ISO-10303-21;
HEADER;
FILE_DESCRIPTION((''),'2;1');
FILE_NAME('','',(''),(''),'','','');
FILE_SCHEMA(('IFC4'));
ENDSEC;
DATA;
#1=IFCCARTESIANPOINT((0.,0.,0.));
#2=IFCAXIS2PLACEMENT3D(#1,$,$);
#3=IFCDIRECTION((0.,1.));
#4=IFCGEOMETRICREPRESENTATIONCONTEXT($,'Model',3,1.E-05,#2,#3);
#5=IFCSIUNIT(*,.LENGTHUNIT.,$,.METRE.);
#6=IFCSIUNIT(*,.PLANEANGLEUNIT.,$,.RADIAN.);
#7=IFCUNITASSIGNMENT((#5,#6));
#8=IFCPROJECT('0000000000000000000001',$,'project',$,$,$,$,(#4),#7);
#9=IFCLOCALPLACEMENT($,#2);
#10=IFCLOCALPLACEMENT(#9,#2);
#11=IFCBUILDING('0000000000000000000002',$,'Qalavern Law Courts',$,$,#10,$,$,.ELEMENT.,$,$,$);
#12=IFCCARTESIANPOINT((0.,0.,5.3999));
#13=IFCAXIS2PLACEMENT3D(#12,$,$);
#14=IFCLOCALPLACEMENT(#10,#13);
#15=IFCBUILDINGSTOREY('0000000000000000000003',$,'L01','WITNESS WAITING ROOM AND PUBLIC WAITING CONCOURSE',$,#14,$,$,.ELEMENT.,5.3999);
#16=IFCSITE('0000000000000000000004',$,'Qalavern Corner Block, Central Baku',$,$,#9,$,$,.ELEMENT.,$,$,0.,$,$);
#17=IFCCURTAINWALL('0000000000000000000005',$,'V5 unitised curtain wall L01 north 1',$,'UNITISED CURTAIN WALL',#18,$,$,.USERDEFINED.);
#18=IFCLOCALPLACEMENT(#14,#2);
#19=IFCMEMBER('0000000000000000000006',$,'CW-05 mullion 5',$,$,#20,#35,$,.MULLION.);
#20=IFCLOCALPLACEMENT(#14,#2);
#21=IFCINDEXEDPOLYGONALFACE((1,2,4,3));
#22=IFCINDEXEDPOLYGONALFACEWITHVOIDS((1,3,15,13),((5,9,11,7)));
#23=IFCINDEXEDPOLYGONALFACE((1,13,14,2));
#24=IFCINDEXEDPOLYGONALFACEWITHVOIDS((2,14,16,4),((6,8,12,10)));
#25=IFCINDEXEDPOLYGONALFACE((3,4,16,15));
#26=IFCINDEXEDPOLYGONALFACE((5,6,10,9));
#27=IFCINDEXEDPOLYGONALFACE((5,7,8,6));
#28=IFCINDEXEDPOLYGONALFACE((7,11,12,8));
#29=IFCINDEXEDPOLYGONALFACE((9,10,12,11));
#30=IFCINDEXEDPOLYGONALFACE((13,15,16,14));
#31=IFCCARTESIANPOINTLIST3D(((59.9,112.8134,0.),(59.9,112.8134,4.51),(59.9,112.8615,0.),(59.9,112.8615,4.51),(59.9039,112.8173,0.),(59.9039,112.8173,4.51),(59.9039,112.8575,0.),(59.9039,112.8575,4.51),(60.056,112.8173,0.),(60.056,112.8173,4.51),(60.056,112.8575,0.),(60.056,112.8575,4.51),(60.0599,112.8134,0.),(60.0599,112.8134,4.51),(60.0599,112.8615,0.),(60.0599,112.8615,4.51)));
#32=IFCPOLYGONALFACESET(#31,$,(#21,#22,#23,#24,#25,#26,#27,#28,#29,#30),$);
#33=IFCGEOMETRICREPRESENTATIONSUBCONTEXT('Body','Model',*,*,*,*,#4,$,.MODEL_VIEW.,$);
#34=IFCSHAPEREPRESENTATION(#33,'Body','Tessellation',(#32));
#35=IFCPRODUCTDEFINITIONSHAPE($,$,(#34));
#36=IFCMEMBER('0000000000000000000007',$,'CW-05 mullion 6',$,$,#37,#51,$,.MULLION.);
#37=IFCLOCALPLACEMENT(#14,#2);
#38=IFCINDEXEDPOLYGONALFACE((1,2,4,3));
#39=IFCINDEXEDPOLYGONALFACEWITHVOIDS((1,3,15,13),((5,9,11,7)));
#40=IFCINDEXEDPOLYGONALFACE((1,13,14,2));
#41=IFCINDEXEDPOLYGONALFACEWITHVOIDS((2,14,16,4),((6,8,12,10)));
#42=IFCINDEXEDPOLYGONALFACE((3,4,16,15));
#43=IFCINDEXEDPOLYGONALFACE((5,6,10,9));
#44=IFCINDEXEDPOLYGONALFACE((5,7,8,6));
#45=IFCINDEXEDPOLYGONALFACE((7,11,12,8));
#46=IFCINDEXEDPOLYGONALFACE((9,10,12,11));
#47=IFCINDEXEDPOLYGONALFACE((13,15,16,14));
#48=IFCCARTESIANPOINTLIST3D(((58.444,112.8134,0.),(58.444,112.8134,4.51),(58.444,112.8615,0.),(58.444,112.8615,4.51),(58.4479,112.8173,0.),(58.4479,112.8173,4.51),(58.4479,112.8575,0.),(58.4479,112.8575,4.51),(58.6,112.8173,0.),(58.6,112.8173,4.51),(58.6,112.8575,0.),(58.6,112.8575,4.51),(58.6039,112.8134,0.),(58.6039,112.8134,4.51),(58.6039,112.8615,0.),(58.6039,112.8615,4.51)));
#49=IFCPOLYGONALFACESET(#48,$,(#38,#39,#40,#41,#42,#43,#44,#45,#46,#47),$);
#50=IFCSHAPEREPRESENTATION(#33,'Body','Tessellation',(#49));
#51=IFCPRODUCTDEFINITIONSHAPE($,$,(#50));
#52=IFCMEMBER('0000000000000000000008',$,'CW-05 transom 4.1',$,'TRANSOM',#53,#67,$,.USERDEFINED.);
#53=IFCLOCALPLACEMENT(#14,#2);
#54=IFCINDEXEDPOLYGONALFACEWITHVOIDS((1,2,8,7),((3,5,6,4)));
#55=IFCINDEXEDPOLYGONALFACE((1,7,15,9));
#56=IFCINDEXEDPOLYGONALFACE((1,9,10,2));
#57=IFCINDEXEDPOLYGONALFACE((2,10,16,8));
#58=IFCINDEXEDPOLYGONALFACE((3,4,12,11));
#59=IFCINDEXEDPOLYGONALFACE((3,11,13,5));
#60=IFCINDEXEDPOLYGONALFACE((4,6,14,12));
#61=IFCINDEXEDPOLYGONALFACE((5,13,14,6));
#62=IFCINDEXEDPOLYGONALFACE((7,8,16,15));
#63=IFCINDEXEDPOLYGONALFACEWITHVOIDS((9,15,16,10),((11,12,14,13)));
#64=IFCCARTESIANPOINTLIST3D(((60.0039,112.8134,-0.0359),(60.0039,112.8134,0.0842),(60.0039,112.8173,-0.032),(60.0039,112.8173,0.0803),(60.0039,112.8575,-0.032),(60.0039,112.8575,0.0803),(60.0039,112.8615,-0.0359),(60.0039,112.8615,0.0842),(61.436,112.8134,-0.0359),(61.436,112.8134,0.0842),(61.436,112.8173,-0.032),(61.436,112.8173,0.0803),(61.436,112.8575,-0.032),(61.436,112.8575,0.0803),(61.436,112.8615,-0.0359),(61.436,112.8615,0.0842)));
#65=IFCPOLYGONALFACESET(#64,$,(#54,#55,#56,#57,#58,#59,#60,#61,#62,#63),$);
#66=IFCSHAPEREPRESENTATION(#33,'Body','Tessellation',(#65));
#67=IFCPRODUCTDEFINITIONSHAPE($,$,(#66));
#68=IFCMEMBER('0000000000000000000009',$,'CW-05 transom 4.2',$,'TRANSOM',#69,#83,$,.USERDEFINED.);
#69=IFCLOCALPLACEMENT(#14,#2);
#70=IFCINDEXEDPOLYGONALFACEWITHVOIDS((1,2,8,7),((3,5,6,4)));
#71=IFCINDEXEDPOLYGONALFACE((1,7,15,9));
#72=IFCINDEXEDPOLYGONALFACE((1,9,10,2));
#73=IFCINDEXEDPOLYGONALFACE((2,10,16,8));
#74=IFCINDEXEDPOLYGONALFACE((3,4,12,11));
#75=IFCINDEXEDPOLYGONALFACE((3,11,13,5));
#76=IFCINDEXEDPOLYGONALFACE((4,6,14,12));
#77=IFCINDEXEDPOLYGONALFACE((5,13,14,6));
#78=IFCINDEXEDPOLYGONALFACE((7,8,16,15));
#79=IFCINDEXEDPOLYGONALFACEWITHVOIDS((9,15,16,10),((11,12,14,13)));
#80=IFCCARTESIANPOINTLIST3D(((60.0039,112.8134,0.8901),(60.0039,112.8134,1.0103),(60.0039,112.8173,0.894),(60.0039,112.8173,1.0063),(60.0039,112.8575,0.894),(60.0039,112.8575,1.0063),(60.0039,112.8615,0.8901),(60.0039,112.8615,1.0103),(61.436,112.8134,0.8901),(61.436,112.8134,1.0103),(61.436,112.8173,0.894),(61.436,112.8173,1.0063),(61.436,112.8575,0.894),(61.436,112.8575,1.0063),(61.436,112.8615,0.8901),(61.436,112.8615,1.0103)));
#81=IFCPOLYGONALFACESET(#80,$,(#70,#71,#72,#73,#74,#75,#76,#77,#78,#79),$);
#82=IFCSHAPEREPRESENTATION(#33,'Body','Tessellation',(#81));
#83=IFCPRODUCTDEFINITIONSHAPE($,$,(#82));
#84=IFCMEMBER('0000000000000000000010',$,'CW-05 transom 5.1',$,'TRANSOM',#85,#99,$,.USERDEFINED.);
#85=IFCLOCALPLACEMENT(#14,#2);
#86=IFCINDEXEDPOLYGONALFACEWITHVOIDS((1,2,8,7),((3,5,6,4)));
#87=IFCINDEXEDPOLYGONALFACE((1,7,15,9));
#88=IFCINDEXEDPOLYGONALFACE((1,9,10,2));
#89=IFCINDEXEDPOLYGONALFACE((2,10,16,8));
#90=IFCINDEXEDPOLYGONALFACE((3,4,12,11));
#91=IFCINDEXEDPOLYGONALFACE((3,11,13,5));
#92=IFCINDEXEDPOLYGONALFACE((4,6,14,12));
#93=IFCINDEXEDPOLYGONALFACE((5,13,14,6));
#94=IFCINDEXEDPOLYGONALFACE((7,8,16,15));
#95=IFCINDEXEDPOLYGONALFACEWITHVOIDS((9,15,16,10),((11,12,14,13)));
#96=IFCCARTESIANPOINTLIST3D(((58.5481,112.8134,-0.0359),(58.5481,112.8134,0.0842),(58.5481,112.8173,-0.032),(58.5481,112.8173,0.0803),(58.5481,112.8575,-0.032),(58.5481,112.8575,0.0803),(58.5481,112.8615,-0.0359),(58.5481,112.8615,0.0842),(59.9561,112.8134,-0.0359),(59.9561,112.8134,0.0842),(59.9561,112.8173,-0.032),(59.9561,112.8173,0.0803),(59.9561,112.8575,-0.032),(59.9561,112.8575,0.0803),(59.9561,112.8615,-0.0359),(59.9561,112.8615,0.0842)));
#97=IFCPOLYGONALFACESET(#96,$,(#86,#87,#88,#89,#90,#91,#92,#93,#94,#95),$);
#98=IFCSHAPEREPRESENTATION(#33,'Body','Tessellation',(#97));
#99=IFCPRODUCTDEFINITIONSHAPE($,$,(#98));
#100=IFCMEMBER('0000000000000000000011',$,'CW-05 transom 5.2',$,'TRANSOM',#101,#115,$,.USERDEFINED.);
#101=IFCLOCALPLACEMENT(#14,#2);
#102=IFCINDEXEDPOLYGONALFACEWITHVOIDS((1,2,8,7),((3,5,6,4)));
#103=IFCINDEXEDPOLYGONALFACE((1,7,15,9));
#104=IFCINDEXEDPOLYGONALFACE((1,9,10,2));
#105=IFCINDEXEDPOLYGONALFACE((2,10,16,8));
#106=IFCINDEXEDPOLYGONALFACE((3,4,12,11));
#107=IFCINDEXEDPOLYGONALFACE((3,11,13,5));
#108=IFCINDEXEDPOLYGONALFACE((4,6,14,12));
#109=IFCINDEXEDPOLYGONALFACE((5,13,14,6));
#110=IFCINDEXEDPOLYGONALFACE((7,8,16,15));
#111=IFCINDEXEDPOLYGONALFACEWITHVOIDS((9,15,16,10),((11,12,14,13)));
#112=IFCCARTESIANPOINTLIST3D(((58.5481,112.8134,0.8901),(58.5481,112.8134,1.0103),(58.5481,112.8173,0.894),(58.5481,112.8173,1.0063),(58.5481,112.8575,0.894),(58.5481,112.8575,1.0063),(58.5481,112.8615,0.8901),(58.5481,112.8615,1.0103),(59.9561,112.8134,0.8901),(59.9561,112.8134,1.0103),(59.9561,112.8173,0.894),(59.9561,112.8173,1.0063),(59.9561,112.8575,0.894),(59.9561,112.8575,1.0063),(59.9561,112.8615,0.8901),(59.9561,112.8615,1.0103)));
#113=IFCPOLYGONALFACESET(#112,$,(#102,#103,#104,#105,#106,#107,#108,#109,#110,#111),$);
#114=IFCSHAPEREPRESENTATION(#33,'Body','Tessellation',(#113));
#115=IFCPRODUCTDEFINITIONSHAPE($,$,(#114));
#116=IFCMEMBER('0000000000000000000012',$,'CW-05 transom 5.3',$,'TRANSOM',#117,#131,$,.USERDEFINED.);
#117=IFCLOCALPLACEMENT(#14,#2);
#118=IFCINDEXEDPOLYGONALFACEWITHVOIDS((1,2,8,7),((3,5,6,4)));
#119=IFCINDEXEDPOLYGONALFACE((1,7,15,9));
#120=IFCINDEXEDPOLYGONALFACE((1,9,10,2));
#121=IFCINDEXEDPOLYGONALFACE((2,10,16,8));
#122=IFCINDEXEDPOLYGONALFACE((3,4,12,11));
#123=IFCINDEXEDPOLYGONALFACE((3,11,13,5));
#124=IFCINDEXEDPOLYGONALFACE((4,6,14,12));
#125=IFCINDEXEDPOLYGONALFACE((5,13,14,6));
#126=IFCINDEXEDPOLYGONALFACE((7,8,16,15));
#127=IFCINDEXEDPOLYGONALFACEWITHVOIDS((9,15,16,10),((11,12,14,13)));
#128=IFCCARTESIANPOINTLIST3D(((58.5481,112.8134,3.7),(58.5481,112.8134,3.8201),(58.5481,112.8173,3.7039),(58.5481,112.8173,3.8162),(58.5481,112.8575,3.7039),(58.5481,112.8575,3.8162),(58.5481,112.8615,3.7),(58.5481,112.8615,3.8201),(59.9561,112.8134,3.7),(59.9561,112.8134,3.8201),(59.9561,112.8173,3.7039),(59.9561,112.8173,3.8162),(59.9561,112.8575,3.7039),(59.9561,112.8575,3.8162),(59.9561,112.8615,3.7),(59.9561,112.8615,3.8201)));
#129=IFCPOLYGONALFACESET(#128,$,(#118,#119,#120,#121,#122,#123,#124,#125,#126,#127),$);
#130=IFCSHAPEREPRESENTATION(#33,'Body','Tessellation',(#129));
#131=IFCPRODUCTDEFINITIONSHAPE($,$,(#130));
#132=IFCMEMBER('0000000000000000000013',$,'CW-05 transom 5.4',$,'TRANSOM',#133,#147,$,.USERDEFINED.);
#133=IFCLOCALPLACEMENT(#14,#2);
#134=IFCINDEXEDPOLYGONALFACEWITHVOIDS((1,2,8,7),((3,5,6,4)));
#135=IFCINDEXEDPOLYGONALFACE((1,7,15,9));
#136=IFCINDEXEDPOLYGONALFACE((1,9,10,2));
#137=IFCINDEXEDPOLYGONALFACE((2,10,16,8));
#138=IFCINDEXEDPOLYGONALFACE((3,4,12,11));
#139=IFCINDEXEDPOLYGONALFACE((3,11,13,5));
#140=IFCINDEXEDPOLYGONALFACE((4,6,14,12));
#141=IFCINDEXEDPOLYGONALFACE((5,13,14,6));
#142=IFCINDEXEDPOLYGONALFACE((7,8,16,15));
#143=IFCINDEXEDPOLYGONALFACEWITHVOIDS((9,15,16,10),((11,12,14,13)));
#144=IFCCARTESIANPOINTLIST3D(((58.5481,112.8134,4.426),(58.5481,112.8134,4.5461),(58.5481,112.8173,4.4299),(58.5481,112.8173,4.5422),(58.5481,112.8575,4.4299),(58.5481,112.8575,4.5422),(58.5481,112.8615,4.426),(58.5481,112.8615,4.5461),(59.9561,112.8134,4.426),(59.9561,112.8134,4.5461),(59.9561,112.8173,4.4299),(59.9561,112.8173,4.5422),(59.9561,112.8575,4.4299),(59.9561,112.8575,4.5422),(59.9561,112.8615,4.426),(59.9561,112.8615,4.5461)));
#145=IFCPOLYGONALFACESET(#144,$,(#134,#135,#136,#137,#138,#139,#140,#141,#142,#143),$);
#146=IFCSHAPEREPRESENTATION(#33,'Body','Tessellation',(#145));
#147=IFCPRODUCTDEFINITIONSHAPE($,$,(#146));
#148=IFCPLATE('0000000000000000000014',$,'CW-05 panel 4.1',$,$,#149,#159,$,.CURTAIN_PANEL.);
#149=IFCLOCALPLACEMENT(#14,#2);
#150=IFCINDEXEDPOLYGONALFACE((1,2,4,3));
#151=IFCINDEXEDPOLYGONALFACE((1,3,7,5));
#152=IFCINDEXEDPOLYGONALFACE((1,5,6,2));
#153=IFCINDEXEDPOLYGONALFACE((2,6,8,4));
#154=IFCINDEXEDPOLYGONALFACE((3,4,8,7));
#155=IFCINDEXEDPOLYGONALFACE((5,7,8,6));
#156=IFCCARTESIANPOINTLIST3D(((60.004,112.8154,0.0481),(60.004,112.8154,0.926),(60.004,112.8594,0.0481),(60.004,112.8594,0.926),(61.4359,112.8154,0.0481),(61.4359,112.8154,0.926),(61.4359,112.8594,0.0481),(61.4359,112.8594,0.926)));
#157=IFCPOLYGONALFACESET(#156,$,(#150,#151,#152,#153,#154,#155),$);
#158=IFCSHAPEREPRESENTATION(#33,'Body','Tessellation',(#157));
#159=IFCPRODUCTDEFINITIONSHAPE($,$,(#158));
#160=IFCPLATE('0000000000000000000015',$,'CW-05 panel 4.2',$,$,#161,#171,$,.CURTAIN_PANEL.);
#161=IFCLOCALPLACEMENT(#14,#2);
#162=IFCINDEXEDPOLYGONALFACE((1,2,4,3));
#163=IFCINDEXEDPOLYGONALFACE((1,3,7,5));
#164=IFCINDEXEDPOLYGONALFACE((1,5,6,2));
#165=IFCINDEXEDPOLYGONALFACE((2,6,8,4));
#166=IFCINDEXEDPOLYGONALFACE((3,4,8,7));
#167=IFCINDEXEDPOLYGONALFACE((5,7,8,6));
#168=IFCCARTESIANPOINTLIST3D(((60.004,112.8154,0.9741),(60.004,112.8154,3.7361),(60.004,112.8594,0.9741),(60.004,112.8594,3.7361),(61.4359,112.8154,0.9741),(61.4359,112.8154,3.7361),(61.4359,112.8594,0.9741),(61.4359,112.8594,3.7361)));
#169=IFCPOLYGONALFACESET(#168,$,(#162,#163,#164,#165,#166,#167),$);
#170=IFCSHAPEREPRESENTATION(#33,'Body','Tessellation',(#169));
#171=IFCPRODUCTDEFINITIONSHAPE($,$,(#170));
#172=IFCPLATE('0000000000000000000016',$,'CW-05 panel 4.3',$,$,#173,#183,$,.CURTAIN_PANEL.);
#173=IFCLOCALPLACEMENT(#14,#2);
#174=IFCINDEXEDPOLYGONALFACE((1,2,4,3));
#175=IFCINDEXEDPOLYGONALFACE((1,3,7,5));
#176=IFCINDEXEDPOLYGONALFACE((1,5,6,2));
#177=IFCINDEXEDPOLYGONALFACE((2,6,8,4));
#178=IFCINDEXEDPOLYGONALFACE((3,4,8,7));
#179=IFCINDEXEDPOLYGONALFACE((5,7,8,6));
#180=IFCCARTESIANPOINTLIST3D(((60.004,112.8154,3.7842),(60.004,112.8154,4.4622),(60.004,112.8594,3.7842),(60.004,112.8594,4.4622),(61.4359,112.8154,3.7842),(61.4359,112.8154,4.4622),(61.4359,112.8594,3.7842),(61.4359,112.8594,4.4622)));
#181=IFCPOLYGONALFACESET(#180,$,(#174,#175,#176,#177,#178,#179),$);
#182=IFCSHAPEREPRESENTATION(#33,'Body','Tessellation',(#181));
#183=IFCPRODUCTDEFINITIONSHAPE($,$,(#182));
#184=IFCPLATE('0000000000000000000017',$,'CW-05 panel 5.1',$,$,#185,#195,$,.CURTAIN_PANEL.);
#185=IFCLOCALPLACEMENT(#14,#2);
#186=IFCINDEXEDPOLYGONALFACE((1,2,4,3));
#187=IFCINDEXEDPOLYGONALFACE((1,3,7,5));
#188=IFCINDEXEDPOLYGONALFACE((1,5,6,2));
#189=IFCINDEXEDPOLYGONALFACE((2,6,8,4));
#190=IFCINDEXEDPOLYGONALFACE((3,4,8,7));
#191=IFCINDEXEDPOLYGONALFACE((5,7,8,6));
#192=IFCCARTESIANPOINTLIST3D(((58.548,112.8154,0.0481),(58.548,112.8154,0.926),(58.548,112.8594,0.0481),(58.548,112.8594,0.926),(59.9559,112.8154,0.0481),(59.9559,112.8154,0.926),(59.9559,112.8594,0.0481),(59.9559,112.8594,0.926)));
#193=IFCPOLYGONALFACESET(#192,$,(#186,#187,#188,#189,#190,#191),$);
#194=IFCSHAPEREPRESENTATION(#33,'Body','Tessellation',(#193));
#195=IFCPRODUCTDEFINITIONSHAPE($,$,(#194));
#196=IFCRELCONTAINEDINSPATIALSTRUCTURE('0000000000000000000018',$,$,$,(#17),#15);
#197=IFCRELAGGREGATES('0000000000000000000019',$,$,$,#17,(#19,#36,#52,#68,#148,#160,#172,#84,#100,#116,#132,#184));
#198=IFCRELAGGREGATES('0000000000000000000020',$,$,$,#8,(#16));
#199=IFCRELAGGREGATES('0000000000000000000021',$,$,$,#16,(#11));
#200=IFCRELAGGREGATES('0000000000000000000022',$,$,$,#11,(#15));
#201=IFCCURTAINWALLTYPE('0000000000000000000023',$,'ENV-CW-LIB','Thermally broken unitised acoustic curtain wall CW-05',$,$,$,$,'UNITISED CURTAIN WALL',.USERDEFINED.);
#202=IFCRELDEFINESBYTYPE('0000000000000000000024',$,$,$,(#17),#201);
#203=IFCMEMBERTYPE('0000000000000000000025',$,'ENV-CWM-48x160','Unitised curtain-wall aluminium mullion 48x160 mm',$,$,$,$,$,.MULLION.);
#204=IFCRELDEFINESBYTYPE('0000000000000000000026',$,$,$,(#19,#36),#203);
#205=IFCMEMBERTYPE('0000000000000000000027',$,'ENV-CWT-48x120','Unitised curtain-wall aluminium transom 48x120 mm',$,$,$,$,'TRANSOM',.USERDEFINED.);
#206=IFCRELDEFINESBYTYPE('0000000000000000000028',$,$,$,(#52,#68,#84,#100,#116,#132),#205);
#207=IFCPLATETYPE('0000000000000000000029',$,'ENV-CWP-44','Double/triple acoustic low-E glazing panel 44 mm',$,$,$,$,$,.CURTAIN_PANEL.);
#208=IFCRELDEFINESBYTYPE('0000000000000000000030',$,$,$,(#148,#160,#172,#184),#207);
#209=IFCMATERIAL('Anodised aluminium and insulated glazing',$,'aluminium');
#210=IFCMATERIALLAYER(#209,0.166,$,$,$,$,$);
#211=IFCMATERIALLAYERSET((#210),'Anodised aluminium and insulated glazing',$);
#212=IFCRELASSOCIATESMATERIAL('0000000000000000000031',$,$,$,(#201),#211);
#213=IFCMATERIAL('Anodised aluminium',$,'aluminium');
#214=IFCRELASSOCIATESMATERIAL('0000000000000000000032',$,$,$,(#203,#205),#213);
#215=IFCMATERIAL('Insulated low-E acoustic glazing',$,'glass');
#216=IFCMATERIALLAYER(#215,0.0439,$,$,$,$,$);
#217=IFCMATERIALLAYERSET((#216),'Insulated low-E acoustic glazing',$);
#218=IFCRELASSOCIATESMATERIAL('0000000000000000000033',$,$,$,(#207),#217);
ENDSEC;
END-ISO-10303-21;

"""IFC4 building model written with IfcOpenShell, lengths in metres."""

from ifc_helpers import new_model, si_unit, direction, frame, origin, origin_2d, place, context, subcontext, project, spatial, rectangle, hollow_rectangle, extrude, material, layer, layer_set, material_profile, profile_set, type_object, element, aggregate, save


model = new_model("IFC4")

# Units and contexts
model_context = context("Model", 3, precision=1e-05, world=origin(), true_north=direction((0.0, 1.0)))
body_context = subcontext(model_context, "Body", "Model", "MODEL_VIEW")
ifc_project = project(units=[si_unit("LENGTHUNIT", "METRE"), si_unit("PLANEANGLEUNIT", "RADIAN")], contexts=[model_context])

# Site, building, storey
site_placement = place(None, origin())
site = spatial("IfcSite", under=ifc_project, at=site_placement, Name="Qalavern Corner Block, Central Baku", CompositionType="ELEMENT", RefElevation=0.0)
building_placement = place(site_placement, origin())
building = spatial("IfcBuilding", under=site, at=building_placement, Name="Qalavern Law Courts", CompositionType="ELEMENT")
storey_placement = place(building_placement, frame((0.0, 0.0, 5.3999)))
storey = spatial("IfcBuildingStorey", under=building, at=storey_placement, Name="L01", Description="WITNESS WAITING ROOM AND PUBLIC WAITING CONCOURSE", CompositionType="ELEMENT", Elevation=5.3999)

# Curtain wall, members, plates
ifc_material_1 = material(Name="Anodised aluminium and insulated glazing", Category="aluminium")
ifc_layer_1 = layer(ifc_material_1, 0.166)
ifc_layer_set_1 = layer_set([ifc_layer_1], Name="Anodised aluminium and insulated glazing")
curtain_wall_type = type_object("IfcCurtainWallType", Name="ENV-CW-LIB", Description="Thermally broken unitised acoustic curtain wall CW-05", ElementType="UNITISED CURTAIN WALL", PredefinedType="USERDEFINED", material=ifc_layer_set_1)
curtain_wall_placement = place(storey_placement, origin())
curtain_wall = element("IfcCurtainWall", 1, at=curtain_wall_placement, inside=storey, type_object=curtain_wall_type, Name="V5 unitised curtain wall L01 north 1", ObjectType="UNITISED CURTAIN WALL", PredefinedType="USERDEFINED")
ifc_material_2 = material(Name="Anodised aluminium", Category="aluminium")
ifc_material_profile_1 = material_profile(ifc_material_2, hollow_rectangle(XDim=0.0481, YDim=0.1599, WallThickness=0.0039, at=origin_2d()), Name="ALU MULLION 48x160")
ifc_profile_set_1 = profile_set([ifc_material_profile_1], Name="Anodised aluminium")
member_type_1 = type_object("IfcMemberType", Name="ENV-CWM-48x160", Description="Unitised curtain-wall aluminium mullion 48x160 mm", PredefinedType="MULLION", material=ifc_profile_set_1)
member_1_placement = place(storey_placement, frame((59.98, 112.8374, 0.0), z_axis=(0.0, 0.0, 1.0), x_axis=(0.0, -1.0, 0.0)))
member_1 = element("IfcMember", 2, at=member_1_placement, type_object=member_type_1, Name="CW-05 mullion 5", PredefinedType="MULLION", context=body_context, shape_type="SweptSolid", body=[
    extrude(hollow_rectangle(XDim=0.0481, YDim=0.1599, WallThickness=0.0039, at=origin_2d()), origin(), (0.0, 0.0, 1.0), 4.51),
])
member_2_placement = place(storey_placement, frame((58.5239, 112.8374, 0.0), z_axis=(0.0, 0.0, 1.0), x_axis=(0.0, -1.0, 0.0)))
member_2 = element("IfcMember", 3, at=member_2_placement, type_object=member_type_1, Name="CW-05 mullion 6", PredefinedType="MULLION", context=body_context, shape_type="SweptSolid", body=[
    extrude(hollow_rectangle(XDim=0.0481, YDim=0.1599, WallThickness=0.0039, at=origin_2d()), origin(), (0.0, 0.0, 1.0), 4.51),
])
ifc_material_profile_2 = material_profile(ifc_material_2, hollow_rectangle(XDim=0.0481, YDim=0.1201, WallThickness=0.0039, at=origin_2d()), Name="ALU TRANSOM 48x120")
ifc_profile_set_2 = profile_set([ifc_material_profile_2], Name="Anodised aluminium")
member_type_2 = type_object("IfcMemberType", Name="ENV-CWT-48x120", Description="Unitised curtain-wall aluminium transom 48x120 mm", ElementType="TRANSOM", PredefinedType="USERDEFINED", material=ifc_profile_set_2)
member_3_placement = place(storey_placement, frame((61.436, 112.8374, 0.0242), z_axis=(-1.0, 0.0, 0.0), x_axis=(0.0, -1.0, 0.0)))
member_3 = element("IfcMember", 4, at=member_3_placement, type_object=member_type_2, Name="CW-05 transom 4.1", ObjectType="TRANSOM", PredefinedType="USERDEFINED", context=body_context, shape_type="SweptSolid", body=[
    extrude(hollow_rectangle(XDim=0.0481, YDim=0.1201, WallThickness=0.0039, at=origin_2d()), origin(), (0.0, 0.0, 1.0), 1.4321),
])
member_4_placement = place(storey_placement, frame((61.436, 112.8374, 0.9502), z_axis=(-1.0, 0.0, 0.0), x_axis=(0.0, -1.0, 0.0)))
member_4 = element("IfcMember", 5, at=member_4_placement, type_object=member_type_2, Name="CW-05 transom 4.2", ObjectType="TRANSOM", PredefinedType="USERDEFINED", context=body_context, shape_type="SweptSolid", body=[
    extrude(hollow_rectangle(XDim=0.0481, YDim=0.1201, WallThickness=0.0039, at=origin_2d()), origin(), (0.0, 0.0, 1.0), 1.4321),
])
member_5_placement = place(storey_placement, frame((59.9561, 112.8374, 0.0242), z_axis=(-1.0, 0.0, 0.0), x_axis=(0.0, -1.0, 0.0)))
member_5 = element("IfcMember", 6, at=member_5_placement, type_object=member_type_2, Name="CW-05 transom 5.1", ObjectType="TRANSOM", PredefinedType="USERDEFINED", context=body_context, shape_type="SweptSolid", body=[
    extrude(hollow_rectangle(XDim=0.0481, YDim=0.1201, WallThickness=0.0039, at=origin_2d()), origin(), (0.0, 0.0, 1.0), 1.408),
])
member_6_placement = place(storey_placement, frame((59.9561, 112.8374, 0.9502), z_axis=(-1.0, 0.0, 0.0), x_axis=(0.0, -1.0, 0.0)))
member_6 = element("IfcMember", 7, at=member_6_placement, type_object=member_type_2, Name="CW-05 transom 5.2", ObjectType="TRANSOM", PredefinedType="USERDEFINED", context=body_context, shape_type="SweptSolid", body=[
    extrude(hollow_rectangle(XDim=0.0481, YDim=0.1201, WallThickness=0.0039, at=origin_2d()), origin(), (0.0, 0.0, 1.0), 1.408),
])
member_7_placement = place(storey_placement, frame((59.9561, 112.8374, 3.76), z_axis=(-1.0, 0.0, 0.0), x_axis=(0.0, -1.0, 0.0)))
member_7 = element("IfcMember", 8, at=member_7_placement, type_object=member_type_2, Name="CW-05 transom 5.3", ObjectType="TRANSOM", PredefinedType="USERDEFINED", context=body_context, shape_type="SweptSolid", body=[
    extrude(hollow_rectangle(XDim=0.0481, YDim=0.1201, WallThickness=0.0039, at=origin_2d()), origin(), (0.0, 0.0, 1.0), 1.408),
])
member_8_placement = place(storey_placement, frame((59.9561, 112.8374, 4.4861), z_axis=(-1.0, 0.0, 0.0), x_axis=(0.0, -1.0, 0.0)))
member_8 = element("IfcMember", 9, at=member_8_placement, type_object=member_type_2, Name="CW-05 transom 5.4", ObjectType="TRANSOM", PredefinedType="USERDEFINED", context=body_context, shape_type="SweptSolid", body=[
    extrude(hollow_rectangle(XDim=0.0481, YDim=0.1201, WallThickness=0.0039, at=origin_2d()), origin(), (0.0, 0.0, 1.0), 1.408),
])
ifc_material_3 = material(Name="Insulated low-E acoustic glazing", Category="glass")
ifc_layer_2 = layer(ifc_material_3, 0.0439)
ifc_layer_set_2 = layer_set([ifc_layer_2], Name="Insulated low-E acoustic glazing")
plate_type = type_object("IfcPlateType", Name="ENV-CWP-44", Description="Double/triple acoustic low-E glazing panel 44 mm", PredefinedType="CURTAIN_PANEL", material=ifc_layer_set_2)
plate_1_placement = place(storey_placement, frame((60.72, 112.8374, 0.0481), z_axis=(0.0, 0.0, 1.0), x_axis=(-1.0, 0.0, 0.0)))
plate_1 = element("IfcPlate", 10, at=plate_1_placement, type_object=plate_type, Name="CW-05 panel 4.1", PredefinedType="CURTAIN_PANEL", context=body_context, shape_type="SweptSolid", body=[
    extrude(rectangle(XDim=1.4319, YDim=0.0439, at=origin_2d()), origin(), (0.0, 0.0, 1.0), 0.8779),
])
plate_2_placement = place(storey_placement, frame((60.72, 112.8374, 0.9741), z_axis=(0.0, 0.0, 1.0), x_axis=(-1.0, 0.0, 0.0)))
plate_2 = element("IfcPlate", 11, at=plate_2_placement, type_object=plate_type, Name="CW-05 panel 4.2", PredefinedType="CURTAIN_PANEL", context=body_context, shape_type="SweptSolid", body=[
    extrude(rectangle(XDim=1.4319, YDim=0.0439, at=origin_2d()), origin(), (0.0, 0.0, 1.0), 2.762),
])
plate_3_placement = place(storey_placement, frame((60.72, 112.8374, 3.7842), z_axis=(0.0, 0.0, 1.0), x_axis=(-1.0, 0.0, 0.0)))
plate_3 = element("IfcPlate", 12, at=plate_3_placement, type_object=plate_type, Name="CW-05 panel 4.3", PredefinedType="CURTAIN_PANEL", context=body_context, shape_type="SweptSolid", body=[
    extrude(rectangle(XDim=1.4319, YDim=0.0439, at=origin_2d()), origin(), (0.0, 0.0, 1.0), 0.678),
])
plate_4_placement = place(storey_placement, frame((59.252, 112.8374, 0.0481), z_axis=(0.0, 0.0, 1.0), x_axis=(-1.0, 0.0, 0.0)))
plate_4 = element("IfcPlate", 13, at=plate_4_placement, type_object=plate_type, Name="CW-05 panel 5.1", PredefinedType="CURTAIN_PANEL", context=body_context, shape_type="SweptSolid", body=[
    extrude(rectangle(XDim=1.408, YDim=0.0439, at=origin_2d()), origin(), (0.0, 0.0, 1.0), 0.8779),
])
aggregate(curtain_wall, [member_1, member_2, member_3, member_4, plate_1, plate_2, plate_3, member_5, member_6, member_7, member_8, plate_4])

save(model, "model.ifc")
